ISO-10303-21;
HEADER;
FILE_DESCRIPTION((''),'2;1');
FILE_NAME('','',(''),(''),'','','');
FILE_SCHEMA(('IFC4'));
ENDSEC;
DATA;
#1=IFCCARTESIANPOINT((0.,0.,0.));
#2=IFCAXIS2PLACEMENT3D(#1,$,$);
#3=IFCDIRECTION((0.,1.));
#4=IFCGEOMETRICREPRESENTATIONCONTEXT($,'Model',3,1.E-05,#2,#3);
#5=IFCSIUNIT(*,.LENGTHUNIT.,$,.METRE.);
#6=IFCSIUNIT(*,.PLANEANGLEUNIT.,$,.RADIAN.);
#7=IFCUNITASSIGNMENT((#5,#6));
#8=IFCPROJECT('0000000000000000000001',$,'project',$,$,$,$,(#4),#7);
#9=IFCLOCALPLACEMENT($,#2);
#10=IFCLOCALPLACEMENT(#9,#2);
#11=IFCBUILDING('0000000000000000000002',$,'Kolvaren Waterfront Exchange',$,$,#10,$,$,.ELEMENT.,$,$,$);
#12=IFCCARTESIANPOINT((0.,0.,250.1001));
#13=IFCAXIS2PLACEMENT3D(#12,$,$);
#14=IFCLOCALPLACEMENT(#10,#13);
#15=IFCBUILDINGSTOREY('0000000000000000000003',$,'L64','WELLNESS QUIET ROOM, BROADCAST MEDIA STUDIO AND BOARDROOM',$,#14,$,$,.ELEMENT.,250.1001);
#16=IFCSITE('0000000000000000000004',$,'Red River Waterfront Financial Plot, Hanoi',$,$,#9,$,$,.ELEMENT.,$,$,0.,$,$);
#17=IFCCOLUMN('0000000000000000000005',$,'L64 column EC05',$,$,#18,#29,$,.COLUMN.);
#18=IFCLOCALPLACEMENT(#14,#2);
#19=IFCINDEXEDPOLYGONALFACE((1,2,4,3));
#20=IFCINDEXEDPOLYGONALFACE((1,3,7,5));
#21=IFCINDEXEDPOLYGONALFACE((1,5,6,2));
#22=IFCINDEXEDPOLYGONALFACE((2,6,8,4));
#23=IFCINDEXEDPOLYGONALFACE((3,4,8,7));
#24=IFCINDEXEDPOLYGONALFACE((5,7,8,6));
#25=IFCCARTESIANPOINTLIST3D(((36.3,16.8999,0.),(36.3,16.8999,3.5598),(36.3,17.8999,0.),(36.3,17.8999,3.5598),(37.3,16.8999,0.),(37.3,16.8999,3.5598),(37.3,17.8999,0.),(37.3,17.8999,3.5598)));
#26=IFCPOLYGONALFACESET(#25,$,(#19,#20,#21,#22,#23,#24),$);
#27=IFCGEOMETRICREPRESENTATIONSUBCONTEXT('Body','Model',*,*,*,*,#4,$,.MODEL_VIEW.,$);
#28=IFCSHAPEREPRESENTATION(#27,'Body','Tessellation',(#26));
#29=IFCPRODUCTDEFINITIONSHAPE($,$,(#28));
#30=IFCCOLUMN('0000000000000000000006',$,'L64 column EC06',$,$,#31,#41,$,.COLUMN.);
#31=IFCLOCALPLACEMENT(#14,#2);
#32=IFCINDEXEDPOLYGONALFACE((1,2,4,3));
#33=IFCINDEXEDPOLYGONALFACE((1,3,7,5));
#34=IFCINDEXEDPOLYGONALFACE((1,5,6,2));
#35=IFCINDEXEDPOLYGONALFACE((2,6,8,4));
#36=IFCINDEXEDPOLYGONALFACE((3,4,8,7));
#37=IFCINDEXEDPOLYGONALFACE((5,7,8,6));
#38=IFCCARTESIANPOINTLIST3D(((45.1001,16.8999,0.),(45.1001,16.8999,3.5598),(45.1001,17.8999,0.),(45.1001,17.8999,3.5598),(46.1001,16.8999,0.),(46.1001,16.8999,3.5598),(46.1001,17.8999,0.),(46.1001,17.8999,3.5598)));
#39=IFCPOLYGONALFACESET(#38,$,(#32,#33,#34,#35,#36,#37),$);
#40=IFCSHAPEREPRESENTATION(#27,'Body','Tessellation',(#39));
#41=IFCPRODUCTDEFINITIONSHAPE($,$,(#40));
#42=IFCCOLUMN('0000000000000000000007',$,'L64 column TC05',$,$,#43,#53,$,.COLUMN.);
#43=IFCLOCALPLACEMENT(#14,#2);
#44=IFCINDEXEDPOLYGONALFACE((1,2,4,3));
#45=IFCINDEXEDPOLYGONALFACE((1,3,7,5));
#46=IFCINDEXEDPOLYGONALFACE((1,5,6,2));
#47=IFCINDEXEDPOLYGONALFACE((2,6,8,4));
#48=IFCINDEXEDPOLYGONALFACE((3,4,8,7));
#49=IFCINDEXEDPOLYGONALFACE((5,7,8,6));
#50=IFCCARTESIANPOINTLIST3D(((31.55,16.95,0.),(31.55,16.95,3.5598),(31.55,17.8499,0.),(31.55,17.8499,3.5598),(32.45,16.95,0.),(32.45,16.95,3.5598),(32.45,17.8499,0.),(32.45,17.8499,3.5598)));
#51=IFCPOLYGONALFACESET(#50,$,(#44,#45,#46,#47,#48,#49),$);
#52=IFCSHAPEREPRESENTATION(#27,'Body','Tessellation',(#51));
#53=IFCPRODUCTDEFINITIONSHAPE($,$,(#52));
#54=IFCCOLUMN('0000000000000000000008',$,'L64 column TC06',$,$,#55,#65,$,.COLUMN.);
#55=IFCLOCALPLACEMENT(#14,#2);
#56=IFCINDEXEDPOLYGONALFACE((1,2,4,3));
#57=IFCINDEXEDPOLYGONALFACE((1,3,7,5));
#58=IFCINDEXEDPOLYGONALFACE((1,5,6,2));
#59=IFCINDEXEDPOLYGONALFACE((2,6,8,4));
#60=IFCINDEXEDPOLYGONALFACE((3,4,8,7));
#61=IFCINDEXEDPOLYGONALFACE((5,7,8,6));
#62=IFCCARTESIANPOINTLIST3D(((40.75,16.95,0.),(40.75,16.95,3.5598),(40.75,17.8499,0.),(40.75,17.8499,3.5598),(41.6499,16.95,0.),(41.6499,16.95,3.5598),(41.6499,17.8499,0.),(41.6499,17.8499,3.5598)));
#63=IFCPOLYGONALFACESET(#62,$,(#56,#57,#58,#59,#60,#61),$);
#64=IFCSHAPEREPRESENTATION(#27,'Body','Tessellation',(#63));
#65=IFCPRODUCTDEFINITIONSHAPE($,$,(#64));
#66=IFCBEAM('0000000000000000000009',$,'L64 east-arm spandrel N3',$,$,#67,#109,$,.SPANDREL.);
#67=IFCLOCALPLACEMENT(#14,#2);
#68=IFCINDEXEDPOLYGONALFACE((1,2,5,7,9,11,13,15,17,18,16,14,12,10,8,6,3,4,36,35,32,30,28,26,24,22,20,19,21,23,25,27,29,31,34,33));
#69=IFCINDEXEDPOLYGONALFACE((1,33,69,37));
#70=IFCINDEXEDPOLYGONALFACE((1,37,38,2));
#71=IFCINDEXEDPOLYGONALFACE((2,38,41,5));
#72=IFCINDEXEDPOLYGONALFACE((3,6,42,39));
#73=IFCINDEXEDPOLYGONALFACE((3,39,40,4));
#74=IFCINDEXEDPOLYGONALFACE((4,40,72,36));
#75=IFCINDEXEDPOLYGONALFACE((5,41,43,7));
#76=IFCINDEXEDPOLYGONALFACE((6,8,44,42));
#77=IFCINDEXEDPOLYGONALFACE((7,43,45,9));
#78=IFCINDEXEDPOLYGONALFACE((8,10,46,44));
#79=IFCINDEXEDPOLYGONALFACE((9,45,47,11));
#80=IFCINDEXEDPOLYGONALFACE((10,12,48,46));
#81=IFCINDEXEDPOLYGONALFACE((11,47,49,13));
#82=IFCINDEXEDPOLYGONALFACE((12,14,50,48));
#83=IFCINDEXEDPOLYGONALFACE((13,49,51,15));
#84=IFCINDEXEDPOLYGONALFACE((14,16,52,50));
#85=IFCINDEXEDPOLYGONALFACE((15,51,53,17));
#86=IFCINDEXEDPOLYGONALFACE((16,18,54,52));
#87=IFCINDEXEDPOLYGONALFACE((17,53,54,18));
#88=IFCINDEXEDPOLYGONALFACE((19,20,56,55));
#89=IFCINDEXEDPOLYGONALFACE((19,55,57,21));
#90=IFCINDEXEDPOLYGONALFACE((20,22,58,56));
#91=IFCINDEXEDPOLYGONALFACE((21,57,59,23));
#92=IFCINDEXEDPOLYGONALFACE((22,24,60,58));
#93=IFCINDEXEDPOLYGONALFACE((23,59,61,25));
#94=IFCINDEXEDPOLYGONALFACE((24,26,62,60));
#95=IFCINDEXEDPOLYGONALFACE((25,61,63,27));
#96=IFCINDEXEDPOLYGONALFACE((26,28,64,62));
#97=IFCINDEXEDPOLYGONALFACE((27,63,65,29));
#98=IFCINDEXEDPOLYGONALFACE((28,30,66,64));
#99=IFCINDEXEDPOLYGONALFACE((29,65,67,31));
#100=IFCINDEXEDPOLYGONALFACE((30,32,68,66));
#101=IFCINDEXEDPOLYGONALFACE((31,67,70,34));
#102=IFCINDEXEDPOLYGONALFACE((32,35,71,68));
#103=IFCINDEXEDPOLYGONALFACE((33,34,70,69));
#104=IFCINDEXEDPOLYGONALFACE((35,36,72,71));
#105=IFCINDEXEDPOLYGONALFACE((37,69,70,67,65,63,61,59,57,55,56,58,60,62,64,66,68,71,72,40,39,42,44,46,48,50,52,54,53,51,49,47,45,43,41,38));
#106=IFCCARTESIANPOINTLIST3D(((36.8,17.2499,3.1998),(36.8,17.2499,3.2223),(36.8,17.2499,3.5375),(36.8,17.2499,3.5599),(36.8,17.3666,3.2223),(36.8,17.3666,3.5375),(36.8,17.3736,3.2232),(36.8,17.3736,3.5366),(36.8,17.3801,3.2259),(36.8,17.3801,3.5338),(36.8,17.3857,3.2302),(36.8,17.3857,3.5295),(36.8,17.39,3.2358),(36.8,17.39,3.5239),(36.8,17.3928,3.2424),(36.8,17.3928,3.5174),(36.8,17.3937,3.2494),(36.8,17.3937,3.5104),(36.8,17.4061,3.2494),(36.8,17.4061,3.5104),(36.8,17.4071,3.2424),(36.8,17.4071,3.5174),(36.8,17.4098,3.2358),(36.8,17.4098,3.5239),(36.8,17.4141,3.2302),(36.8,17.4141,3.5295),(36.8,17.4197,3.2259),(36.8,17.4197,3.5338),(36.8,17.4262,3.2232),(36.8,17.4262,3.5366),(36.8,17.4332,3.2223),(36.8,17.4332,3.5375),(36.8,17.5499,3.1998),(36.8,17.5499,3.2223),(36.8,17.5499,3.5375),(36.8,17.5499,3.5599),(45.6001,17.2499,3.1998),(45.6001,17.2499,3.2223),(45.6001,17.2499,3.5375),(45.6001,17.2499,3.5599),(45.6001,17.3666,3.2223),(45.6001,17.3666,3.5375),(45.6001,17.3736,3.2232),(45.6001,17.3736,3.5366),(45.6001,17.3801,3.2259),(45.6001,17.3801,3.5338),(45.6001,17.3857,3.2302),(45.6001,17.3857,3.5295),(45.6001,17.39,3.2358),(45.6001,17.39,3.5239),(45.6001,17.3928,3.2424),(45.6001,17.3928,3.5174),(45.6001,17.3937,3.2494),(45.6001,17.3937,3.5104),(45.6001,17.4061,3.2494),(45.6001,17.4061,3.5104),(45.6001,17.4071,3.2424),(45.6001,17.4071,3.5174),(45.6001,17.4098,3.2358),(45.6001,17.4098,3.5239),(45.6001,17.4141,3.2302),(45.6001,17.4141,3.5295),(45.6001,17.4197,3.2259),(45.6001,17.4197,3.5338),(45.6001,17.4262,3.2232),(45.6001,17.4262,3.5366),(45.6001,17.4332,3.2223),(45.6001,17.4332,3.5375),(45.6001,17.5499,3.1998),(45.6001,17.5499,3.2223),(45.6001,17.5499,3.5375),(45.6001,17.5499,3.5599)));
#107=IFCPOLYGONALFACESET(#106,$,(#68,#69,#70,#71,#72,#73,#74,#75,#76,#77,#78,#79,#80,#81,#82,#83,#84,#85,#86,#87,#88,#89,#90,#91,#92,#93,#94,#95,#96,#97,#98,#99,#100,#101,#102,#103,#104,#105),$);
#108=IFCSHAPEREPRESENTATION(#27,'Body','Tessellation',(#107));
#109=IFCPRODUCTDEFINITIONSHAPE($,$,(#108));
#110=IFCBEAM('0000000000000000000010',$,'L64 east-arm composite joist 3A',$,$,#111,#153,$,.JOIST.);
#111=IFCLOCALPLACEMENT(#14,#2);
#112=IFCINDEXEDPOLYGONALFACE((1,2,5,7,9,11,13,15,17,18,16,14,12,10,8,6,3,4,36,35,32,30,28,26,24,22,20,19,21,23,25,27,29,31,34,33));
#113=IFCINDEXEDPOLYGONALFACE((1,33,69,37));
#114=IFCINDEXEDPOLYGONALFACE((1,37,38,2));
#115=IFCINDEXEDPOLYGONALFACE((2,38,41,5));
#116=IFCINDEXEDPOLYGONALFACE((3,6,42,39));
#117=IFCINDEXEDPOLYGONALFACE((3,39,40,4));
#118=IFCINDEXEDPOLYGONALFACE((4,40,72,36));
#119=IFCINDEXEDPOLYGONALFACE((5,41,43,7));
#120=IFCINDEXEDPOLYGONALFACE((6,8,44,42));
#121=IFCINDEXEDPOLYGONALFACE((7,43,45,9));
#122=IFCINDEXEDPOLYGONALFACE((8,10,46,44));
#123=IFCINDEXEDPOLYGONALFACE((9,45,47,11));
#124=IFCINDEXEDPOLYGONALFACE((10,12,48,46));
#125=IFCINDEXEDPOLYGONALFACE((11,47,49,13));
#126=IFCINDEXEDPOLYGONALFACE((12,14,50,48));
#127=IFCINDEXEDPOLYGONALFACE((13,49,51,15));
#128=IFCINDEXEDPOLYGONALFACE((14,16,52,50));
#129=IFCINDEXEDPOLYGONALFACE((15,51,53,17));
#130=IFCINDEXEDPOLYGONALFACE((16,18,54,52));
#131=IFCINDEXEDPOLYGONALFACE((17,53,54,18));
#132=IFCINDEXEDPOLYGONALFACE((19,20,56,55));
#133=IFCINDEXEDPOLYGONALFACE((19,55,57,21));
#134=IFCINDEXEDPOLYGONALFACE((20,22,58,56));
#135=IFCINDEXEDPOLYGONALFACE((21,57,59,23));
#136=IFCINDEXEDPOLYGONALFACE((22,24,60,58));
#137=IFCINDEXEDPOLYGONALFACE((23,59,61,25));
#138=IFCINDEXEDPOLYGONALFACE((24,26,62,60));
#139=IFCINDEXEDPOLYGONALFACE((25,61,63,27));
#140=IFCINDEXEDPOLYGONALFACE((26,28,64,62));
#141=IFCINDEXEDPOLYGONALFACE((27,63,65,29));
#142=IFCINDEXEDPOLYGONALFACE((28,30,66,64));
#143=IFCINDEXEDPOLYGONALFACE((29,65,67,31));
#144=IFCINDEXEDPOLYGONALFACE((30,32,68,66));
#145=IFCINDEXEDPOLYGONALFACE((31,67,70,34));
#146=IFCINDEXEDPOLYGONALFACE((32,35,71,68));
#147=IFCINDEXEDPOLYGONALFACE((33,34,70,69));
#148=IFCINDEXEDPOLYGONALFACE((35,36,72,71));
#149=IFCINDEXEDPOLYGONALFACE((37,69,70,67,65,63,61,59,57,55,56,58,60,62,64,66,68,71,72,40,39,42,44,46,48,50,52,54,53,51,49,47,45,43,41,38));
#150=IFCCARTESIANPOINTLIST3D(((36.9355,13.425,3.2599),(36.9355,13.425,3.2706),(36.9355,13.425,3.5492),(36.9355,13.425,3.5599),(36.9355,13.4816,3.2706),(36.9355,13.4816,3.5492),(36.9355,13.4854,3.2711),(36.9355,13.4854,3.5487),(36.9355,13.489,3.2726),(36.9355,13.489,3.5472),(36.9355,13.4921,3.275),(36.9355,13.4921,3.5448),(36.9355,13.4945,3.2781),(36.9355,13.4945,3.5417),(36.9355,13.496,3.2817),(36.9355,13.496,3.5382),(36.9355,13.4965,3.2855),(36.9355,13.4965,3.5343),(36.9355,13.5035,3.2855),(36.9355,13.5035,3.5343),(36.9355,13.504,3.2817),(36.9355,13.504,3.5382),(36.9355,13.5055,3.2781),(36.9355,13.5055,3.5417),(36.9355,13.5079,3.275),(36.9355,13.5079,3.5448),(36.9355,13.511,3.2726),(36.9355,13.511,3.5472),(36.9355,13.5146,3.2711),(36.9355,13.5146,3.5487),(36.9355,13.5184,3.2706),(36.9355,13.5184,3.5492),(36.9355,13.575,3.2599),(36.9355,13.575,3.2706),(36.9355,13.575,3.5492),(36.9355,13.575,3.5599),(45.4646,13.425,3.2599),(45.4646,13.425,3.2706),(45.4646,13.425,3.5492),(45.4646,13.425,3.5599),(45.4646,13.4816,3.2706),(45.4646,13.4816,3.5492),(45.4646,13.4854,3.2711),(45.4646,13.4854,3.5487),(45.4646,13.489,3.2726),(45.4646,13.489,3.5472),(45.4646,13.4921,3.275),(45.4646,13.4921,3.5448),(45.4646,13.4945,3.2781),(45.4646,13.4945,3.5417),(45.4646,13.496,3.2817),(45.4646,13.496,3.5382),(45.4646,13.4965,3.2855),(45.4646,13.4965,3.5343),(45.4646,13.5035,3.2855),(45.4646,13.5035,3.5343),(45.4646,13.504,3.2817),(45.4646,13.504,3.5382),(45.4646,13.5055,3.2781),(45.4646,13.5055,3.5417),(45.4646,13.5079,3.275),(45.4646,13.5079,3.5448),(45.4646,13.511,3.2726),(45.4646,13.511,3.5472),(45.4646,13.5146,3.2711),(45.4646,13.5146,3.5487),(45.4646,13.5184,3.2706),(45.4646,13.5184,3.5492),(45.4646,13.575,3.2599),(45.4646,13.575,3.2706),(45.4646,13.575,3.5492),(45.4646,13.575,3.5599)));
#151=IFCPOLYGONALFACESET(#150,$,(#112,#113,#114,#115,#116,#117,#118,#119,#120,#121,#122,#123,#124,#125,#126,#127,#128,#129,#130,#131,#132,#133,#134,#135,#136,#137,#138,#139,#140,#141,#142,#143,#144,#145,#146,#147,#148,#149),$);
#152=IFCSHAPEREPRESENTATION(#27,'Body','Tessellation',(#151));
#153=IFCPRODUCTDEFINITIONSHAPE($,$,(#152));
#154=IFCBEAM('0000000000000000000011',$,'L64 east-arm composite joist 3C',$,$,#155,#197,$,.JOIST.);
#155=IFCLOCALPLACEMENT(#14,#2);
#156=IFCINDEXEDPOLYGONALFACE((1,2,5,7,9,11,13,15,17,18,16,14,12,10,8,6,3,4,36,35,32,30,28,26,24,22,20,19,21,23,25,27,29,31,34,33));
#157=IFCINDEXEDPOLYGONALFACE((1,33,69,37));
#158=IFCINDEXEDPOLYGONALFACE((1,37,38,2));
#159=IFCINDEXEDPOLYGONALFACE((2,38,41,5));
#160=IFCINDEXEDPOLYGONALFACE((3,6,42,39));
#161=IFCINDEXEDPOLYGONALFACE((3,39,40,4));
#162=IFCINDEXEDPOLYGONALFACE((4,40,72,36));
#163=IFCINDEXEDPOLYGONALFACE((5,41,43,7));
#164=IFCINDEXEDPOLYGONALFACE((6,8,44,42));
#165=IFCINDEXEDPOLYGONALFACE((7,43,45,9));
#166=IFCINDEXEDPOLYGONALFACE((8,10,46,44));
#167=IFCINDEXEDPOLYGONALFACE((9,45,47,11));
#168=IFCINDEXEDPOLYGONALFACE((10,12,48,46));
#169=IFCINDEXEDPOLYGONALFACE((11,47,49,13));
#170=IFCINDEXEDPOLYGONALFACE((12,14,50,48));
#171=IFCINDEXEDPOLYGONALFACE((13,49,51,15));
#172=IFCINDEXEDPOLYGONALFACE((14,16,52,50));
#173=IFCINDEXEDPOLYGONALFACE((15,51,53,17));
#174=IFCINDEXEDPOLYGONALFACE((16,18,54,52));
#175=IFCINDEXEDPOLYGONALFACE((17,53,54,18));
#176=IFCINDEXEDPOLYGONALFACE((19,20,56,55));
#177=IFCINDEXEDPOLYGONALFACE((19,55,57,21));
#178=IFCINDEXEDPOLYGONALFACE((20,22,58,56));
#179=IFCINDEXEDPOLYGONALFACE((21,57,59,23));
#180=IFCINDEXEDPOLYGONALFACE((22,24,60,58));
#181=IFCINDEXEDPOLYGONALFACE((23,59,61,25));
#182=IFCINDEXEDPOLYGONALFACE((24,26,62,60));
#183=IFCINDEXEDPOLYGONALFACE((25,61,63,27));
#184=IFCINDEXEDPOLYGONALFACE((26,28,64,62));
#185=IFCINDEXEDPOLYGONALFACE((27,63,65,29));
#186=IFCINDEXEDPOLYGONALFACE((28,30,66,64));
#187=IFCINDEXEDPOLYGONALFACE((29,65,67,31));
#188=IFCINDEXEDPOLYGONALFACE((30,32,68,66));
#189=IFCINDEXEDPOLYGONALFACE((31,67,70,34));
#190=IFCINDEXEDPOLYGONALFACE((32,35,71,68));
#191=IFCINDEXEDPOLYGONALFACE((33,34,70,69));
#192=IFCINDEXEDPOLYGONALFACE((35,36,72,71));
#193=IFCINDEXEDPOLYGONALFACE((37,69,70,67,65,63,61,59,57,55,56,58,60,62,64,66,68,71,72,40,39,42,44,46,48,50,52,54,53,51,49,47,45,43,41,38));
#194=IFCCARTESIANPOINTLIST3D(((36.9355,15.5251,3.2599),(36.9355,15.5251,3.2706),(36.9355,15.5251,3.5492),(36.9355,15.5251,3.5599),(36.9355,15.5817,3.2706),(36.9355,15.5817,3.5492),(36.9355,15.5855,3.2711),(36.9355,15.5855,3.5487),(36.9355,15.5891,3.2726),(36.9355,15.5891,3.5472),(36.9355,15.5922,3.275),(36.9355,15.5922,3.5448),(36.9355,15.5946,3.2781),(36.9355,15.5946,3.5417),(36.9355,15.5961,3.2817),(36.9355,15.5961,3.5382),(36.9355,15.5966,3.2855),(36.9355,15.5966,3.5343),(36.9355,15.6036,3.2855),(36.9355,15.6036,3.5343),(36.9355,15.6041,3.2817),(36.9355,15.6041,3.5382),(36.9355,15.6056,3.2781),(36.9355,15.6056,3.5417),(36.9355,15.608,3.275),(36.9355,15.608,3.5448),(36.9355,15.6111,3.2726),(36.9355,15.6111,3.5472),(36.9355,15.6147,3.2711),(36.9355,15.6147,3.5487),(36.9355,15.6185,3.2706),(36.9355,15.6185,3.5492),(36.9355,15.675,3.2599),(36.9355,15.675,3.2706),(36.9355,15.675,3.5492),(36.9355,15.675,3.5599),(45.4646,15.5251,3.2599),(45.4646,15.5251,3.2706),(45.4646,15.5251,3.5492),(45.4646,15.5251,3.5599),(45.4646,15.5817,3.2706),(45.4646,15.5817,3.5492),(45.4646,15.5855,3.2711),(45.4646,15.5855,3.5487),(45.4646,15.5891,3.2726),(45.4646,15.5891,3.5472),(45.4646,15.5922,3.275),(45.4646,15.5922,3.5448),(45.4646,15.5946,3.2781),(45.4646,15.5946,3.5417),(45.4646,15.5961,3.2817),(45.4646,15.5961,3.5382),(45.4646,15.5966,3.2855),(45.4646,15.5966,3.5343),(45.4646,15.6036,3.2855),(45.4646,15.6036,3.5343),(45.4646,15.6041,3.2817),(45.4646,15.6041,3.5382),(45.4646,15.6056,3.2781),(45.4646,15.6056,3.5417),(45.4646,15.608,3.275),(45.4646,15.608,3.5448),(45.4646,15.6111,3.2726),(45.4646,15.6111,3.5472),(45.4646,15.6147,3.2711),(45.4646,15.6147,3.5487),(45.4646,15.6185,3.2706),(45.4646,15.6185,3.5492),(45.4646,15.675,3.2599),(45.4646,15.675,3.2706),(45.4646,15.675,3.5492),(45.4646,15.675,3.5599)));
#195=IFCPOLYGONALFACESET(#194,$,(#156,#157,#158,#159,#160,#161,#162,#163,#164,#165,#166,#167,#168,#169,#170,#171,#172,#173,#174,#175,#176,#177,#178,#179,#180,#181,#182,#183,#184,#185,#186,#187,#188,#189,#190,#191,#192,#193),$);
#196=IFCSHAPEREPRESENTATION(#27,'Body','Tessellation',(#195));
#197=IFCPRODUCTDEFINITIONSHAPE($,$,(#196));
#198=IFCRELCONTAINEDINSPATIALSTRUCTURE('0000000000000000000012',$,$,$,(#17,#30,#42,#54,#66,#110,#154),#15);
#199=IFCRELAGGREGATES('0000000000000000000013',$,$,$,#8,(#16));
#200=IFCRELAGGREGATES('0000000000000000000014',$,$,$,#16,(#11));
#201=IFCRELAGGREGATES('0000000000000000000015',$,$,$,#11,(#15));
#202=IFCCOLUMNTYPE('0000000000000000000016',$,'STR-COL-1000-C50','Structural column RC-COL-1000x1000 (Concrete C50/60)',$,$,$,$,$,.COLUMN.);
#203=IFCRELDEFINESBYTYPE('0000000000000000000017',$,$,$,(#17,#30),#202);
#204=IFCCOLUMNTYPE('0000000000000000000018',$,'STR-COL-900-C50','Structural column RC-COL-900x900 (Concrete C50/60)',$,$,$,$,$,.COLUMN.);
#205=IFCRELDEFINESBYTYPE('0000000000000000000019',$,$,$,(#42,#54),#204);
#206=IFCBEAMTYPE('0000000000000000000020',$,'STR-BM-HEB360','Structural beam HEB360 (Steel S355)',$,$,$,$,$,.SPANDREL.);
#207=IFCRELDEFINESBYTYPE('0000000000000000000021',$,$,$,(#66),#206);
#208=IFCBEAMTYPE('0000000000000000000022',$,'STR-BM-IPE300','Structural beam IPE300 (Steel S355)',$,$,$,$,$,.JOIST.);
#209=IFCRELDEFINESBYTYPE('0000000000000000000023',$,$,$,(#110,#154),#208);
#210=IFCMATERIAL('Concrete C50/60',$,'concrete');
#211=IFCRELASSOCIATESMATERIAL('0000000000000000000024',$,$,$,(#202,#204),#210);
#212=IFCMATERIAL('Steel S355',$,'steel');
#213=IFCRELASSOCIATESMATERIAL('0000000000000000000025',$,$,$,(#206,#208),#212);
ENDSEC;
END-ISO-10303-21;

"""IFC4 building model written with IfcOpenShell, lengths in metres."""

from ifc_helpers import new_model, si_unit, direction, frame, origin, origin_2d, place, context, subcontext, project, spatial, rectangle, i_section, extrude, material, material_profile, profile_set, type_object, element, save


model = new_model("IFC4")

# Units and contexts
model_context = context("Model", 3, precision=1e-05, world=origin(), true_north=direction((0.0, 1.0)))
body_context = subcontext(model_context, "Body", "Model", "MODEL_VIEW")
ifc_project = project(units=[si_unit("LENGTHUNIT", "METRE"), si_unit("PLANEANGLEUNIT", "RADIAN")], contexts=[model_context])

# Site, building, storey
site_placement = place(None, origin())
site = spatial("IfcSite", under=ifc_project, at=site_placement, Name="Red River Waterfront Financial Plot, Hanoi", CompositionType="ELEMENT", RefElevation=0.0)
building_placement = place(site_placement, origin())
building = spatial("IfcBuilding", under=site, at=building_placement, Name="Kolvaren Waterfront Exchange", CompositionType="ELEMENT")
storey_placement = place(building_placement, frame((0.0, 0.0, 250.1001)))
storey = spatial("IfcBuildingStorey", under=building, at=storey_placement, Name="L64", Description="WELLNESS QUIET ROOM, BROADCAST MEDIA STUDIO AND BOARDROOM", CompositionType="ELEMENT", Elevation=250.1001)

# Columns
ifc_material_1 = material(Name="Concrete C50/60", Category="concrete")
ifc_material_profile_1 = material_profile(ifc_material_1, rectangle(XDim=1.0, YDim=1.0, at=origin_2d()), Name="RC-COL-1000x1000")
ifc_profile_set_1 = profile_set([ifc_material_profile_1], Name="Concrete C50/60")
column_type_1 = type_object("IfcColumnType", Name="STR-COL-1000-C50", Description="Structural column RC-COL-1000x1000 (Concrete C50/60)", PredefinedType="COLUMN", material=ifc_profile_set_1)
for number, where, z_axis, x_axis, name in (
    (1, (36.8, 17.3999, 0.0), (0.0, 0.0, 1.0), (1.0, 0.0, 0.0), "L64 column EC05"),
    (2, (45.6001, 17.3999, 0.0), (0.0, 0.0, 1.0), (1.0, 0.0, 0.0), "L64 column EC06"),
):
    element("IfcColumn", number, at=place(storey_placement, frame(where, z_axis=z_axis, x_axis=x_axis)), inside=storey, type_object=column_type_1, Name=name, PredefinedType="COLUMN", context=body_context, shape_type="SweptSolid", body=[
        extrude(rectangle(XDim=1.0, YDim=1.0, at=origin_2d()), origin(), (0.0, 0.0, 1.0), 3.5598),
    ])
ifc_material_profile_2 = material_profile(ifc_material_1, rectangle(XDim=0.8999, YDim=0.8999, at=origin_2d()), Name="RC-COL-900x900")
ifc_profile_set_2 = profile_set([ifc_material_profile_2], Name="Concrete C50/60")
column_type_2 = type_object("IfcColumnType", Name="STR-COL-900-C50", Description="Structural column RC-COL-900x900 (Concrete C50/60)", PredefinedType="COLUMN", material=ifc_profile_set_2)
for number, where, z_axis, x_axis, name in (
    (3, (32.0, 17.3999, 0.0), (0.0, 0.0, 1.0), (1.0, 0.0, 0.0), "L64 column TC05"),
    (4, (41.2, 17.3999, 0.0), (0.0, 0.0, 1.0), (1.0, 0.0, 0.0), "L64 column TC06"),
):
    element("IfcColumn", number, at=place(storey_placement, frame(where, z_axis=z_axis, x_axis=x_axis)), inside=storey, type_object=column_type_2, Name=name, PredefinedType="COLUMN", context=body_context, shape_type="SweptSolid", body=[
        extrude(rectangle(XDim=0.8999, YDim=0.8999, at=origin_2d()), origin(), (0.0, 0.0, 1.0), 3.5598),
    ])

# Beams
ifc_material_2 = material(Name="Steel S355", Category="steel")
ifc_material_profile_3 = material_profile(ifc_material_2, i_section(OverallWidth=0.3, OverallDepth=0.3601, WebThickness=0.0125, FlangeThickness=0.0225, FilletRadius=0.0271, at=origin_2d()), Name="HEB360")
ifc_profile_set_3 = profile_set([ifc_material_profile_3], Name="Steel S355")
beam_type_1 = type_object("IfcBeamType", Name="STR-BM-HEB360", Description="Structural beam HEB360 (Steel S355)", PredefinedType="SPANDREL", material=ifc_profile_set_3)
beam_placement = place(storey_placement, frame((36.8, 17.3999, 3.3799), z_axis=(1.0, 0.0, 0.0), x_axis=(0.0, 1.0, 0.0)))
element("IfcBeam", 5, at=beam_placement, inside=storey, type_object=beam_type_1, Name="L64 east-arm spandrel N3", PredefinedType="SPANDREL", context=body_context, shape_type="SweptSolid", body=[
    extrude(i_section(OverallWidth=0.3, OverallDepth=0.3601, WebThickness=0.0125, FlangeThickness=0.0225, FilletRadius=0.0271, at=origin_2d()), origin(), (0.0, 0.0, 1.0), 8.8),
])
ifc_material_profile_4 = material_profile(ifc_material_2, i_section(OverallWidth=0.1499, OverallDepth=0.3, WebThickness=0.0071, FlangeThickness=0.0107, FilletRadius=0.0149, at=origin_2d()), Name="IPE300")
ifc_profile_set_4 = profile_set([ifc_material_profile_4], Name="Steel S355")
beam_type_2 = type_object("IfcBeamType", Name="STR-BM-IPE300", Description="Structural beam IPE300 (Steel S355)", PredefinedType="JOIST", material=ifc_profile_set_4)
for number, where, z_axis, x_axis, name in (
    (6, (36.9355, 13.5, 3.4099), (1.0, 0.0, 0.0), (0.0, 1.0, 0.0), "L64 east-arm composite joist 3A"),
    (7, (36.9355, 15.6001, 3.4099), (1.0, 0.0, 0.0), (0.0, 1.0, 0.0), "L64 east-arm composite joist 3C"),
):
    element("IfcBeam", number, at=place(storey_placement, frame(where, z_axis=z_axis, x_axis=x_axis)), inside=storey, type_object=beam_type_2, Name=name, PredefinedType="JOIST", context=body_context, shape_type="SweptSolid", body=[
        extrude(i_section(OverallWidth=0.1499, OverallDepth=0.3, WebThickness=0.0071, FlangeThickness=0.0107, FilletRadius=0.0149, at=origin_2d()), origin(), (0.0, 0.0, 1.0), 8.5291),
    ])

save(model, "model.ifc")
